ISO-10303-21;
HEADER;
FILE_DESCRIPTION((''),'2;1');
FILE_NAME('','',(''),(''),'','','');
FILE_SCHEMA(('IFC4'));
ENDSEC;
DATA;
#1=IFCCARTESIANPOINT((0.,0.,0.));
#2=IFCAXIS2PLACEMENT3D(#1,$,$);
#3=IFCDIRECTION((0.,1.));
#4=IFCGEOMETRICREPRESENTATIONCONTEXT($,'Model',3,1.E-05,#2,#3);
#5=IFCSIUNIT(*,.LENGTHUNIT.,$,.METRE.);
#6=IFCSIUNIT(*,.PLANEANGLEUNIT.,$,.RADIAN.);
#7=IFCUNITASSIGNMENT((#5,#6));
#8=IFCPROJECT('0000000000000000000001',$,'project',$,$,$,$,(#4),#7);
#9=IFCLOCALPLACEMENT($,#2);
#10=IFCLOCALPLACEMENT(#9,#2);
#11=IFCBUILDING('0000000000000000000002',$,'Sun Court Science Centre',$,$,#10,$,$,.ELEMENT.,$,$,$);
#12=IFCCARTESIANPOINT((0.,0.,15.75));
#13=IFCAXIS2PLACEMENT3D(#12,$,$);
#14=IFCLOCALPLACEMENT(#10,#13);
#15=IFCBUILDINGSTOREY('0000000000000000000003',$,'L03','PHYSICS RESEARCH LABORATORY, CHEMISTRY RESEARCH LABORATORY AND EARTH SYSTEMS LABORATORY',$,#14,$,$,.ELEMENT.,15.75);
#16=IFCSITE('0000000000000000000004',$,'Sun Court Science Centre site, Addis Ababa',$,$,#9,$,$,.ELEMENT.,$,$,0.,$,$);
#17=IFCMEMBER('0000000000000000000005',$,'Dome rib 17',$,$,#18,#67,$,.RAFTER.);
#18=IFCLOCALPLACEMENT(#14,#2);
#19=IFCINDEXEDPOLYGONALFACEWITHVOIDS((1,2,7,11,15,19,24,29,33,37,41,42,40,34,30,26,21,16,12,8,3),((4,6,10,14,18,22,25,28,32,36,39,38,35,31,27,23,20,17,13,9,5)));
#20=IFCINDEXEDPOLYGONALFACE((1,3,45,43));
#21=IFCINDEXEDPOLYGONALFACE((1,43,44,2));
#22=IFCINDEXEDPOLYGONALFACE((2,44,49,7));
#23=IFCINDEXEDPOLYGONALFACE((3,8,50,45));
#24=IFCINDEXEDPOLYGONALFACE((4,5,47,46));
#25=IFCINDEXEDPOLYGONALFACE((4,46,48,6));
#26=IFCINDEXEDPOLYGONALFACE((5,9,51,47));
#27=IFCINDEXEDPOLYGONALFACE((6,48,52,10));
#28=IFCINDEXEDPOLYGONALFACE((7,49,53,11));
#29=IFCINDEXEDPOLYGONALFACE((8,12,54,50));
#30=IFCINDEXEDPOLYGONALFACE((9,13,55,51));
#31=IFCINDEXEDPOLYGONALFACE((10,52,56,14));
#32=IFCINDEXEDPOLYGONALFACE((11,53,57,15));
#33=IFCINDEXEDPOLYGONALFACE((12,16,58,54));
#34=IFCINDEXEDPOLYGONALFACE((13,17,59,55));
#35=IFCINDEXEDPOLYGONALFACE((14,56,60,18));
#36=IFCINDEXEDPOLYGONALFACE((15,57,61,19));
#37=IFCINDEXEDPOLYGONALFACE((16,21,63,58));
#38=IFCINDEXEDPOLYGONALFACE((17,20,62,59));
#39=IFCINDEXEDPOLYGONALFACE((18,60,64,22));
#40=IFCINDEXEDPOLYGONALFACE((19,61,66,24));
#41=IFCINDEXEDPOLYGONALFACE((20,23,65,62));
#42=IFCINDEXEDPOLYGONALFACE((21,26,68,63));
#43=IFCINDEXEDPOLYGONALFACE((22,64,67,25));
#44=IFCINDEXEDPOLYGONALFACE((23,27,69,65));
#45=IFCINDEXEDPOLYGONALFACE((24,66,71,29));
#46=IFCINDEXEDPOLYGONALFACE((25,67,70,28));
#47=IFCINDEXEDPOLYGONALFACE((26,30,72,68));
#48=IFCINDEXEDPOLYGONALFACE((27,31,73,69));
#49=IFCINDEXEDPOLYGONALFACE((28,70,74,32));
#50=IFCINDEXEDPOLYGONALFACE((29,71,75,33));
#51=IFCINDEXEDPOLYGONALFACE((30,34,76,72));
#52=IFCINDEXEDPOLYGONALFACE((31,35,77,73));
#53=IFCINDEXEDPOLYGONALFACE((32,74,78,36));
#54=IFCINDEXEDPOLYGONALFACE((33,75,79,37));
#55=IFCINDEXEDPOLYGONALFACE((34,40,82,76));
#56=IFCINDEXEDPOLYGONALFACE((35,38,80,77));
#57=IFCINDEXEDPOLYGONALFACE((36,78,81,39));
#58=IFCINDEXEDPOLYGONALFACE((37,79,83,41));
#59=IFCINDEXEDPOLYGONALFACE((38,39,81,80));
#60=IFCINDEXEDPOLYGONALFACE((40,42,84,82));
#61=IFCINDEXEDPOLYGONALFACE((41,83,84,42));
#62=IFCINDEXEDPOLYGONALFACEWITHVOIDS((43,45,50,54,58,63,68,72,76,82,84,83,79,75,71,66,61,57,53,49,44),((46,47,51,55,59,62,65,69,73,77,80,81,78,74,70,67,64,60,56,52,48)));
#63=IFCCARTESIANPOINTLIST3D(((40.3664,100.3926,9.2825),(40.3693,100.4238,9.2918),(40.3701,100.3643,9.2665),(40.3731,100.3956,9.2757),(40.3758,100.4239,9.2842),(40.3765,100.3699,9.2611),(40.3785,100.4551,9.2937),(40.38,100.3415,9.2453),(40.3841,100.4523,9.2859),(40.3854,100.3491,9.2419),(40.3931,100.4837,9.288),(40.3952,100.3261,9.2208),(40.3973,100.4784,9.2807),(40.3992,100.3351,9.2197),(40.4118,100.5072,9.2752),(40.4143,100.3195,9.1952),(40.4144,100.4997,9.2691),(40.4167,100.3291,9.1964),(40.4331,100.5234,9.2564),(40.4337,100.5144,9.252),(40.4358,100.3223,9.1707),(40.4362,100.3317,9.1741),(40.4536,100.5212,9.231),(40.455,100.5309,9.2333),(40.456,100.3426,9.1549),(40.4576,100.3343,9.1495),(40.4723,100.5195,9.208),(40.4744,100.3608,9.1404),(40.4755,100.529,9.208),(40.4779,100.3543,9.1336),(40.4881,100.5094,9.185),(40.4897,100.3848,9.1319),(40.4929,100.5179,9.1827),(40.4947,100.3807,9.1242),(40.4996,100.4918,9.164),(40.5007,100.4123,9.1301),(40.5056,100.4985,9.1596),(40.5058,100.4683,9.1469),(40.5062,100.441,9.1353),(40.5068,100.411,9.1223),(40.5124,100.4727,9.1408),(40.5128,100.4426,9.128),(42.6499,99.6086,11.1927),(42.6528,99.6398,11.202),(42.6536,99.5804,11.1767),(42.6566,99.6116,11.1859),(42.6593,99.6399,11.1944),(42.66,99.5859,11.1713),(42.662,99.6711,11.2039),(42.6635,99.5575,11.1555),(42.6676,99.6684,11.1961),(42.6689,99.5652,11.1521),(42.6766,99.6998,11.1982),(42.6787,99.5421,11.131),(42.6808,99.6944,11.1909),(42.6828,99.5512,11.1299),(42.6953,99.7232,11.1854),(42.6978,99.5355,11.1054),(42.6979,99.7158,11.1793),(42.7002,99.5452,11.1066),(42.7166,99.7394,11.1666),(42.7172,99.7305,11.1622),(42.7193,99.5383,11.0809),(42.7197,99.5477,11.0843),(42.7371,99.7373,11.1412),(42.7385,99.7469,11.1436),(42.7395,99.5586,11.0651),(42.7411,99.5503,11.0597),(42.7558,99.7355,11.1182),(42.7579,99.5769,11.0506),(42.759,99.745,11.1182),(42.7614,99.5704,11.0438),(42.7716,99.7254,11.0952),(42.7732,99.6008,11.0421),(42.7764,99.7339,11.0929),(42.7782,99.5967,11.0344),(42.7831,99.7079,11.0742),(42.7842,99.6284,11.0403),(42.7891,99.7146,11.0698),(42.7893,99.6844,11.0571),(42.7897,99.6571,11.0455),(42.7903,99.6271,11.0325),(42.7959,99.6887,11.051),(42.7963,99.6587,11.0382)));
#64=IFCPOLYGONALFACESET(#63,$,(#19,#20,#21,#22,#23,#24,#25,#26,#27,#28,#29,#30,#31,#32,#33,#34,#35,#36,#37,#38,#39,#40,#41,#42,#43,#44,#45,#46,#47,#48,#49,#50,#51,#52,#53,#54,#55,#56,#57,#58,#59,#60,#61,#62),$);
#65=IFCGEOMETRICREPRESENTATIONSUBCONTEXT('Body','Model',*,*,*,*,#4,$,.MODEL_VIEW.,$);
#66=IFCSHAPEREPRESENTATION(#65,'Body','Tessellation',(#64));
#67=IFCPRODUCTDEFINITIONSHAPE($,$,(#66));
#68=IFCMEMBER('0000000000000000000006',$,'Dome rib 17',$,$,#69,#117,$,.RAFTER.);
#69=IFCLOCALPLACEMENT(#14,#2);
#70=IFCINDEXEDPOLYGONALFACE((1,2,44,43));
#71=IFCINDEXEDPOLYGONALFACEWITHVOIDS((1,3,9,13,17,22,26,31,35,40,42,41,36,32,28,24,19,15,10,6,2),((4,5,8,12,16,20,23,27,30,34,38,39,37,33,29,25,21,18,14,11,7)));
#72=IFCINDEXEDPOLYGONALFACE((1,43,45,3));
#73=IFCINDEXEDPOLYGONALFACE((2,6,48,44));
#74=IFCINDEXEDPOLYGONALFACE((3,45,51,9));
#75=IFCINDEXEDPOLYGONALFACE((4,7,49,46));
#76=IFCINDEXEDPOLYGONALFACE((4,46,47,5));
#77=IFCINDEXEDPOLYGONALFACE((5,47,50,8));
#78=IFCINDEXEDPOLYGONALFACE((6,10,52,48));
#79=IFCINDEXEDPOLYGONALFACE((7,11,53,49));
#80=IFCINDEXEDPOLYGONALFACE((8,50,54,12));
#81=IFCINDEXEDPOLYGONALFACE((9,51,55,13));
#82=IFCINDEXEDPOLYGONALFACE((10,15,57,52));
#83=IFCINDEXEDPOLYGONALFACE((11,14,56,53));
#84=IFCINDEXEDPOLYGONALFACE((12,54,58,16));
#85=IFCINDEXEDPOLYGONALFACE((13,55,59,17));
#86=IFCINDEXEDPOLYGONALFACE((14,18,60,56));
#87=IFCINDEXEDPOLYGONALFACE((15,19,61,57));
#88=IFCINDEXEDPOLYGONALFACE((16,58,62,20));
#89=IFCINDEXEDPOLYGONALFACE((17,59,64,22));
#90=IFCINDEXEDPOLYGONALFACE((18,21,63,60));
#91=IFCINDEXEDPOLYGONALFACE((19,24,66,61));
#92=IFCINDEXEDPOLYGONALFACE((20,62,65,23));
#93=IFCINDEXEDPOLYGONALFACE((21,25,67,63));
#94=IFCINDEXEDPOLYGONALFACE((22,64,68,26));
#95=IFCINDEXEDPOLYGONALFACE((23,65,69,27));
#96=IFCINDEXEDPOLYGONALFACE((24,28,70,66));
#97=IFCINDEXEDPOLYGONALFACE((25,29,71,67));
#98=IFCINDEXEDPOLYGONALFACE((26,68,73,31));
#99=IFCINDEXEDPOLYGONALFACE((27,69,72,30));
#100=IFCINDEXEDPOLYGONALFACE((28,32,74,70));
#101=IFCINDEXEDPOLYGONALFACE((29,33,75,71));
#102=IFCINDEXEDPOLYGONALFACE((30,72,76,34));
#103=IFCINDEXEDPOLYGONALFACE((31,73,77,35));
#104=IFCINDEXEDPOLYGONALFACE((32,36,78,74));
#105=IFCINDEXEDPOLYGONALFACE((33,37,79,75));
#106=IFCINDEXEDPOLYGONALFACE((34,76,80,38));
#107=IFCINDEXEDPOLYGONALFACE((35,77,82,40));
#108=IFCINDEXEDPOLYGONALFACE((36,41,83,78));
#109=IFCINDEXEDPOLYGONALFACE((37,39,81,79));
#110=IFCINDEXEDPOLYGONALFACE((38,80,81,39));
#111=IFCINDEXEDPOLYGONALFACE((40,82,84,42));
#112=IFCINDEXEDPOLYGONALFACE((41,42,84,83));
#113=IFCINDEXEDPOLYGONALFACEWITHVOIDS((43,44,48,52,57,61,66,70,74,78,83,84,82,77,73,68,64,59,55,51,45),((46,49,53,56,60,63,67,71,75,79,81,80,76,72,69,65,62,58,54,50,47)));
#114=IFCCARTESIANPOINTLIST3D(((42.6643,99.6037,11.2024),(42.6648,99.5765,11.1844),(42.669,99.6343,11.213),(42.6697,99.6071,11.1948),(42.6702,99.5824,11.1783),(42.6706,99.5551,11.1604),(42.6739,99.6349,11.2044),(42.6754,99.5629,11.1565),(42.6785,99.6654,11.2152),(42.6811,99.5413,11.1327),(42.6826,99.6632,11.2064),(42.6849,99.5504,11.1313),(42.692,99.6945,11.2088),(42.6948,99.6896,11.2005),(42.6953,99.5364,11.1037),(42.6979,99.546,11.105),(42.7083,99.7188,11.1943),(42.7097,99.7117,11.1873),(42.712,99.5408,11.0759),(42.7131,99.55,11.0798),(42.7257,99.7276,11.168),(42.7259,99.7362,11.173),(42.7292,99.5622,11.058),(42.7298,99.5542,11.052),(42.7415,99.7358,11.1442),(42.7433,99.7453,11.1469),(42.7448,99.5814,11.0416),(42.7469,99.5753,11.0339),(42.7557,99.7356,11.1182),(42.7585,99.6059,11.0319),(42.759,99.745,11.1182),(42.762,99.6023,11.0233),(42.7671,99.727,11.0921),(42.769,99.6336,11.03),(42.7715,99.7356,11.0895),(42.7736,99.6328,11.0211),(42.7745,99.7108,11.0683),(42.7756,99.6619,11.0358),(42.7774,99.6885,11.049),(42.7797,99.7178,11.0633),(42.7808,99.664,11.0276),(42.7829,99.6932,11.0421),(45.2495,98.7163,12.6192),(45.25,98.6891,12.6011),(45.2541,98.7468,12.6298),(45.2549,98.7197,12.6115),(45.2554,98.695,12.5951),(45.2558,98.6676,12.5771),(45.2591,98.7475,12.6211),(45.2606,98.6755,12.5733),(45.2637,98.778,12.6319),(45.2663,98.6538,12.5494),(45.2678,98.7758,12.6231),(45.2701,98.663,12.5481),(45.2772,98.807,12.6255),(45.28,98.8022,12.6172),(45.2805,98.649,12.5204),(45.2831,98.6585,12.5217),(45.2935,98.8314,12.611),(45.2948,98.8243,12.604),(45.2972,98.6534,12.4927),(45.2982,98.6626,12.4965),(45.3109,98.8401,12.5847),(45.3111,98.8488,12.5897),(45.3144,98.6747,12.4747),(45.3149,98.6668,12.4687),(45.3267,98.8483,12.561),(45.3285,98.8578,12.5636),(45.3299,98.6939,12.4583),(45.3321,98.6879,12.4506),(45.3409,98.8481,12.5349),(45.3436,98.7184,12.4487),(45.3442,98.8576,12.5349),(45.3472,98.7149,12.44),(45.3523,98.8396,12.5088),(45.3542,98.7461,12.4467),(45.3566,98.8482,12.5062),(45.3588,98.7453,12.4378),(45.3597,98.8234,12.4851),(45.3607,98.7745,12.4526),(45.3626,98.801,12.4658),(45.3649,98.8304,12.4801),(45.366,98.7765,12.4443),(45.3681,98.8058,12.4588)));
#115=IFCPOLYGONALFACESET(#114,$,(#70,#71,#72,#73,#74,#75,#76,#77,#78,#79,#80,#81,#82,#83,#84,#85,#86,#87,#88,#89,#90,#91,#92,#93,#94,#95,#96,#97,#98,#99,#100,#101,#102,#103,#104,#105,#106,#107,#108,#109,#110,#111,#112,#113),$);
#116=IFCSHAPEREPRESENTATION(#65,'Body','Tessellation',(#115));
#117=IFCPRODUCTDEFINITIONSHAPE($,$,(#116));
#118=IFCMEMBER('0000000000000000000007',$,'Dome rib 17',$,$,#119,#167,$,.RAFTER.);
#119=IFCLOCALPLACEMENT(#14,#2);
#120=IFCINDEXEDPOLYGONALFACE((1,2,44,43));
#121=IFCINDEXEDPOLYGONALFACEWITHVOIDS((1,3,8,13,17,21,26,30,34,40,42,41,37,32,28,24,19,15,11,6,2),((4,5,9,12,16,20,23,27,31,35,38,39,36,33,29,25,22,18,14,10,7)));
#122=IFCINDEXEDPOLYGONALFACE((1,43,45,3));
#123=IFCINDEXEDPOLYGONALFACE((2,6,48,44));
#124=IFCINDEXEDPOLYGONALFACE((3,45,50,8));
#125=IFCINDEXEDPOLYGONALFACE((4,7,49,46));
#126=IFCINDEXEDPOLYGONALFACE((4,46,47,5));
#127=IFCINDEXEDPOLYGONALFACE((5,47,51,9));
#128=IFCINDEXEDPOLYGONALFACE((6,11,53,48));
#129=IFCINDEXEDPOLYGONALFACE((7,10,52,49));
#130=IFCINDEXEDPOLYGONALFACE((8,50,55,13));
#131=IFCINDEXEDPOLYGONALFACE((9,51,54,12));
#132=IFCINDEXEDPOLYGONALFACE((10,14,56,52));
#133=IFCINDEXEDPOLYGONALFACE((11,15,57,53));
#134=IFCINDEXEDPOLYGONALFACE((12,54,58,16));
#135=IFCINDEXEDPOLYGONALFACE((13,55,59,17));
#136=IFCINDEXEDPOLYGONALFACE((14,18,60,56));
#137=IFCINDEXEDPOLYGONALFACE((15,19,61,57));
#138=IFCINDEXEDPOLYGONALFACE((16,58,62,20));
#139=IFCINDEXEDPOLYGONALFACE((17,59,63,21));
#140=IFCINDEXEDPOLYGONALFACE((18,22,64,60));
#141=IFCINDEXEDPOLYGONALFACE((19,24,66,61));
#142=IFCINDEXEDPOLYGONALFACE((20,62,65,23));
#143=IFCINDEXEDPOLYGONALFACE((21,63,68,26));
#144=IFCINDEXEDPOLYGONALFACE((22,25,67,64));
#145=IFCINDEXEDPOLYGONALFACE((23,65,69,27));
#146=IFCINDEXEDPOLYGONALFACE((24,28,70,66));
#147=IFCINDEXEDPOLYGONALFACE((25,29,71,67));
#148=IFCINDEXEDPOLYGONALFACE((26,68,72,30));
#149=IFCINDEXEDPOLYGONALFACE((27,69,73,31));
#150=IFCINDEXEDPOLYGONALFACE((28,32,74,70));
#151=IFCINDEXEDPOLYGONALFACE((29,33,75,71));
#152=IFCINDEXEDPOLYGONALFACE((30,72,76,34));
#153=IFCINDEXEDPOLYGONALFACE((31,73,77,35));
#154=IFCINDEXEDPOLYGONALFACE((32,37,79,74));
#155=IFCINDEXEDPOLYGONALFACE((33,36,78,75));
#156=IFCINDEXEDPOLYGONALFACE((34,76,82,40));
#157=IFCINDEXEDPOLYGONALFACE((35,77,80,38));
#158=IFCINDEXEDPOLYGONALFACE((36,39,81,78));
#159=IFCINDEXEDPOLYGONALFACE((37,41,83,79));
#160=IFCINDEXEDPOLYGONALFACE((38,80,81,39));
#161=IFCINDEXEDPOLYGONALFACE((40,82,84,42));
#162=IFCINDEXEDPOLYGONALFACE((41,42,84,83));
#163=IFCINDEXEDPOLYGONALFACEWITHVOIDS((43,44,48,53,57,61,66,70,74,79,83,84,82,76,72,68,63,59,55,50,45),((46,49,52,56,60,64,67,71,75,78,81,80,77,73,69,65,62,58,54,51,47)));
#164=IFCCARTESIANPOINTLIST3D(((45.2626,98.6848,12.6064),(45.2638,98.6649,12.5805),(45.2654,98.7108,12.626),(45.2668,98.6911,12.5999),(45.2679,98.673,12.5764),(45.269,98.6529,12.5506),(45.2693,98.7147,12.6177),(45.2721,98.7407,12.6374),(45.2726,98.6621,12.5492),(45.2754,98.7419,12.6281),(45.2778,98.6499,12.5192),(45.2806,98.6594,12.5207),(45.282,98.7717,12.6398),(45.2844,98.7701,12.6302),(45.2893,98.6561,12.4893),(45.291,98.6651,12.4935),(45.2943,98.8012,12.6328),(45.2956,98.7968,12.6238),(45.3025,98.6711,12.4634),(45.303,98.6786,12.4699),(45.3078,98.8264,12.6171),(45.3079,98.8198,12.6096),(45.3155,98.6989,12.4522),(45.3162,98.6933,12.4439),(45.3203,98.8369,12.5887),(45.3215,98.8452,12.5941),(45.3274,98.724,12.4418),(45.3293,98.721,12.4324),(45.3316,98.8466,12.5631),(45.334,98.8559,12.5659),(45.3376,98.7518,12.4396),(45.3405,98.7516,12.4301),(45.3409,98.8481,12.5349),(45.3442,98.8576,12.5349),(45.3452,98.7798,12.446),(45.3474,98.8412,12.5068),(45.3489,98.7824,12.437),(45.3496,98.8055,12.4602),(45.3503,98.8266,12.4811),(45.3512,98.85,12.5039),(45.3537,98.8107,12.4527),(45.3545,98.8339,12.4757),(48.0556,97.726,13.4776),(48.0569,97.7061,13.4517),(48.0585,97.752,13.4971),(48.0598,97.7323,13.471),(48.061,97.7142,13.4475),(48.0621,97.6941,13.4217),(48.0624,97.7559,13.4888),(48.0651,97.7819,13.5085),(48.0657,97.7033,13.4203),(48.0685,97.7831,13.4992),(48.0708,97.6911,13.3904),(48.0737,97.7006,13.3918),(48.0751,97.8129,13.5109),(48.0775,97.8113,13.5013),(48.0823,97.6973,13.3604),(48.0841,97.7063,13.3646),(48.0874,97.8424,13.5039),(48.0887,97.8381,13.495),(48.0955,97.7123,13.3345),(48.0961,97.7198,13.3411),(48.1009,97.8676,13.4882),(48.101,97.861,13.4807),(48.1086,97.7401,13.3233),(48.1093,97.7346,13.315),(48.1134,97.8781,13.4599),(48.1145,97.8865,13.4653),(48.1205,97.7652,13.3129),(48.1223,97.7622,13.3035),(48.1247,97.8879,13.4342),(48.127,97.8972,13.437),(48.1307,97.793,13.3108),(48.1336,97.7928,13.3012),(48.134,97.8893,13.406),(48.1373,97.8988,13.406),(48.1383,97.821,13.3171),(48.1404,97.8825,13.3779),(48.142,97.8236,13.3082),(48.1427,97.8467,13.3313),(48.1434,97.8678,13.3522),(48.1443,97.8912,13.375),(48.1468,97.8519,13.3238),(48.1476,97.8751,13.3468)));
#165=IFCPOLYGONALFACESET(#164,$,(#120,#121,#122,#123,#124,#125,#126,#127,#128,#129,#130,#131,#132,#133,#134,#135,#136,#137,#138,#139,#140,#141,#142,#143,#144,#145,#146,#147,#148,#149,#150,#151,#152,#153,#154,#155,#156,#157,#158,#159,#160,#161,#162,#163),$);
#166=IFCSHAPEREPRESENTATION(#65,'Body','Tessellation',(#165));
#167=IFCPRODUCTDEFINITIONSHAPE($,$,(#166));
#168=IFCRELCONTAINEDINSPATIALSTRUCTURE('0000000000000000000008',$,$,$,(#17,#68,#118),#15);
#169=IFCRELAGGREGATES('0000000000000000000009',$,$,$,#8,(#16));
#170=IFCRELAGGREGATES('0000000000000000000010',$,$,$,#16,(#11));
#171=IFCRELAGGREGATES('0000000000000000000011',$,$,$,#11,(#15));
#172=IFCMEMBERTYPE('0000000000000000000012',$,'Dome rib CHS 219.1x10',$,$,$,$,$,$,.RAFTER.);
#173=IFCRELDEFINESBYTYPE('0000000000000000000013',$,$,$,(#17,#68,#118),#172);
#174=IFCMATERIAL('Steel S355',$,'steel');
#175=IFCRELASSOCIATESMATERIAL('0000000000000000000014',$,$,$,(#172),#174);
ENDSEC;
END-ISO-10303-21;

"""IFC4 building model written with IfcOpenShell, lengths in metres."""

from ifc_helpers import new_model, si_unit, direction, frame, origin, origin_2d, place, context, subcontext, project, spatial, hollow_circle, extrude, material, material_profile, profile_set, type_object, element, save


model = new_model("IFC4")

# Units and contexts
model_context = context("Model", 3, precision=1e-05, world=origin(), true_north=direction((0.0, 1.0)))
body_context = subcontext(model_context, "Body", "Model", "MODEL_VIEW")
ifc_project = project(units=[si_unit("LENGTHUNIT", "METRE"), si_unit("PLANEANGLEUNIT", "RADIAN")], contexts=[model_context])

# Site, building, storey
site_placement = place(None, origin())
site = spatial("IfcSite", under=ifc_project, at=site_placement, Name="Sun Court Science Centre site, Addis Ababa", CompositionType="ELEMENT", RefElevation=0.0)
building_placement = place(site_placement, origin())
building = spatial("IfcBuilding", under=site, at=building_placement, Name="Sun Court Science Centre", CompositionType="ELEMENT")
storey_placement = place(building_placement, frame((0.0, 0.0, 15.75)))
storey = spatial("IfcBuildingStorey", under=building, at=storey_placement, Name="L03", Description="PHYSICS RESEARCH LABORATORY, CHEMISTRY RESEARCH LABORATORY AND EARTH SYSTEMS LABORATORY", CompositionType="ELEMENT", Elevation=15.75)

# Members
ifc_material_1 = material(Name="Steel S355", Category="steel")
ifc_material_profile_1 = material_profile(ifc_material_1, hollow_circle(Radius=0.1096, WallThickness=0.01, at=origin_2d()), Name="CHS 219.1x10")
ifc_profile_set_1 = profile_set([ifc_material_profile_1], Name="Steel S355")
member_type_1 = type_object("IfcMemberType", Name="Dome rib CHS 219.1x10", PredefinedType="RAFTER", material=ifc_profile_set_1)
for number, where, z_axis, x_axis, name in (
    (1, (40.4399, 100.4253, 9.208), (0.741732, -0.254646, 0.620476), (0.32471, 0.945814, 0.0), "Dome rib 17"),
    (2, (42.7234, 99.6414, 11.1182), (0.839723, -0.288261, 0.460186), (0.324683, 0.945823, 0.0), "Dome rib 17"),
):
    element("IfcMember", number, at=place(storey_placement, frame(where, z_axis=z_axis, x_axis=x_axis)), inside=storey, type_object=member_type_1, Name=name, PredefinedType="RAFTER", context=body_context, shape_type="SweptSolid", body=[
        extrude(hollow_circle(Radius=0.1096, WallThickness=0.01, at=origin_2d()), origin(), (0.0, 0.0, 1.0), 3.0786),
    ])
member_1_placement = place(storey_placement, frame((45.3086, 98.7539, 12.5349), z_axis=(0.907178, -0.311406, 0.282938), x_axis=(0.324673, 0.945826, 0.0)))
element("IfcMember", 3, at=member_1_placement, inside=storey, type_object=member_type_1, Name="Dome rib 17", PredefinedType="RAFTER", context=body_context, shape_type="SweptSolid", body=[
    extrude(hollow_circle(Radius=0.1096, WallThickness=0.01, at=origin_2d()), origin(), (0.0, 0.0, 1.0), 3.0789),
])

save(model, "model.ifc")
